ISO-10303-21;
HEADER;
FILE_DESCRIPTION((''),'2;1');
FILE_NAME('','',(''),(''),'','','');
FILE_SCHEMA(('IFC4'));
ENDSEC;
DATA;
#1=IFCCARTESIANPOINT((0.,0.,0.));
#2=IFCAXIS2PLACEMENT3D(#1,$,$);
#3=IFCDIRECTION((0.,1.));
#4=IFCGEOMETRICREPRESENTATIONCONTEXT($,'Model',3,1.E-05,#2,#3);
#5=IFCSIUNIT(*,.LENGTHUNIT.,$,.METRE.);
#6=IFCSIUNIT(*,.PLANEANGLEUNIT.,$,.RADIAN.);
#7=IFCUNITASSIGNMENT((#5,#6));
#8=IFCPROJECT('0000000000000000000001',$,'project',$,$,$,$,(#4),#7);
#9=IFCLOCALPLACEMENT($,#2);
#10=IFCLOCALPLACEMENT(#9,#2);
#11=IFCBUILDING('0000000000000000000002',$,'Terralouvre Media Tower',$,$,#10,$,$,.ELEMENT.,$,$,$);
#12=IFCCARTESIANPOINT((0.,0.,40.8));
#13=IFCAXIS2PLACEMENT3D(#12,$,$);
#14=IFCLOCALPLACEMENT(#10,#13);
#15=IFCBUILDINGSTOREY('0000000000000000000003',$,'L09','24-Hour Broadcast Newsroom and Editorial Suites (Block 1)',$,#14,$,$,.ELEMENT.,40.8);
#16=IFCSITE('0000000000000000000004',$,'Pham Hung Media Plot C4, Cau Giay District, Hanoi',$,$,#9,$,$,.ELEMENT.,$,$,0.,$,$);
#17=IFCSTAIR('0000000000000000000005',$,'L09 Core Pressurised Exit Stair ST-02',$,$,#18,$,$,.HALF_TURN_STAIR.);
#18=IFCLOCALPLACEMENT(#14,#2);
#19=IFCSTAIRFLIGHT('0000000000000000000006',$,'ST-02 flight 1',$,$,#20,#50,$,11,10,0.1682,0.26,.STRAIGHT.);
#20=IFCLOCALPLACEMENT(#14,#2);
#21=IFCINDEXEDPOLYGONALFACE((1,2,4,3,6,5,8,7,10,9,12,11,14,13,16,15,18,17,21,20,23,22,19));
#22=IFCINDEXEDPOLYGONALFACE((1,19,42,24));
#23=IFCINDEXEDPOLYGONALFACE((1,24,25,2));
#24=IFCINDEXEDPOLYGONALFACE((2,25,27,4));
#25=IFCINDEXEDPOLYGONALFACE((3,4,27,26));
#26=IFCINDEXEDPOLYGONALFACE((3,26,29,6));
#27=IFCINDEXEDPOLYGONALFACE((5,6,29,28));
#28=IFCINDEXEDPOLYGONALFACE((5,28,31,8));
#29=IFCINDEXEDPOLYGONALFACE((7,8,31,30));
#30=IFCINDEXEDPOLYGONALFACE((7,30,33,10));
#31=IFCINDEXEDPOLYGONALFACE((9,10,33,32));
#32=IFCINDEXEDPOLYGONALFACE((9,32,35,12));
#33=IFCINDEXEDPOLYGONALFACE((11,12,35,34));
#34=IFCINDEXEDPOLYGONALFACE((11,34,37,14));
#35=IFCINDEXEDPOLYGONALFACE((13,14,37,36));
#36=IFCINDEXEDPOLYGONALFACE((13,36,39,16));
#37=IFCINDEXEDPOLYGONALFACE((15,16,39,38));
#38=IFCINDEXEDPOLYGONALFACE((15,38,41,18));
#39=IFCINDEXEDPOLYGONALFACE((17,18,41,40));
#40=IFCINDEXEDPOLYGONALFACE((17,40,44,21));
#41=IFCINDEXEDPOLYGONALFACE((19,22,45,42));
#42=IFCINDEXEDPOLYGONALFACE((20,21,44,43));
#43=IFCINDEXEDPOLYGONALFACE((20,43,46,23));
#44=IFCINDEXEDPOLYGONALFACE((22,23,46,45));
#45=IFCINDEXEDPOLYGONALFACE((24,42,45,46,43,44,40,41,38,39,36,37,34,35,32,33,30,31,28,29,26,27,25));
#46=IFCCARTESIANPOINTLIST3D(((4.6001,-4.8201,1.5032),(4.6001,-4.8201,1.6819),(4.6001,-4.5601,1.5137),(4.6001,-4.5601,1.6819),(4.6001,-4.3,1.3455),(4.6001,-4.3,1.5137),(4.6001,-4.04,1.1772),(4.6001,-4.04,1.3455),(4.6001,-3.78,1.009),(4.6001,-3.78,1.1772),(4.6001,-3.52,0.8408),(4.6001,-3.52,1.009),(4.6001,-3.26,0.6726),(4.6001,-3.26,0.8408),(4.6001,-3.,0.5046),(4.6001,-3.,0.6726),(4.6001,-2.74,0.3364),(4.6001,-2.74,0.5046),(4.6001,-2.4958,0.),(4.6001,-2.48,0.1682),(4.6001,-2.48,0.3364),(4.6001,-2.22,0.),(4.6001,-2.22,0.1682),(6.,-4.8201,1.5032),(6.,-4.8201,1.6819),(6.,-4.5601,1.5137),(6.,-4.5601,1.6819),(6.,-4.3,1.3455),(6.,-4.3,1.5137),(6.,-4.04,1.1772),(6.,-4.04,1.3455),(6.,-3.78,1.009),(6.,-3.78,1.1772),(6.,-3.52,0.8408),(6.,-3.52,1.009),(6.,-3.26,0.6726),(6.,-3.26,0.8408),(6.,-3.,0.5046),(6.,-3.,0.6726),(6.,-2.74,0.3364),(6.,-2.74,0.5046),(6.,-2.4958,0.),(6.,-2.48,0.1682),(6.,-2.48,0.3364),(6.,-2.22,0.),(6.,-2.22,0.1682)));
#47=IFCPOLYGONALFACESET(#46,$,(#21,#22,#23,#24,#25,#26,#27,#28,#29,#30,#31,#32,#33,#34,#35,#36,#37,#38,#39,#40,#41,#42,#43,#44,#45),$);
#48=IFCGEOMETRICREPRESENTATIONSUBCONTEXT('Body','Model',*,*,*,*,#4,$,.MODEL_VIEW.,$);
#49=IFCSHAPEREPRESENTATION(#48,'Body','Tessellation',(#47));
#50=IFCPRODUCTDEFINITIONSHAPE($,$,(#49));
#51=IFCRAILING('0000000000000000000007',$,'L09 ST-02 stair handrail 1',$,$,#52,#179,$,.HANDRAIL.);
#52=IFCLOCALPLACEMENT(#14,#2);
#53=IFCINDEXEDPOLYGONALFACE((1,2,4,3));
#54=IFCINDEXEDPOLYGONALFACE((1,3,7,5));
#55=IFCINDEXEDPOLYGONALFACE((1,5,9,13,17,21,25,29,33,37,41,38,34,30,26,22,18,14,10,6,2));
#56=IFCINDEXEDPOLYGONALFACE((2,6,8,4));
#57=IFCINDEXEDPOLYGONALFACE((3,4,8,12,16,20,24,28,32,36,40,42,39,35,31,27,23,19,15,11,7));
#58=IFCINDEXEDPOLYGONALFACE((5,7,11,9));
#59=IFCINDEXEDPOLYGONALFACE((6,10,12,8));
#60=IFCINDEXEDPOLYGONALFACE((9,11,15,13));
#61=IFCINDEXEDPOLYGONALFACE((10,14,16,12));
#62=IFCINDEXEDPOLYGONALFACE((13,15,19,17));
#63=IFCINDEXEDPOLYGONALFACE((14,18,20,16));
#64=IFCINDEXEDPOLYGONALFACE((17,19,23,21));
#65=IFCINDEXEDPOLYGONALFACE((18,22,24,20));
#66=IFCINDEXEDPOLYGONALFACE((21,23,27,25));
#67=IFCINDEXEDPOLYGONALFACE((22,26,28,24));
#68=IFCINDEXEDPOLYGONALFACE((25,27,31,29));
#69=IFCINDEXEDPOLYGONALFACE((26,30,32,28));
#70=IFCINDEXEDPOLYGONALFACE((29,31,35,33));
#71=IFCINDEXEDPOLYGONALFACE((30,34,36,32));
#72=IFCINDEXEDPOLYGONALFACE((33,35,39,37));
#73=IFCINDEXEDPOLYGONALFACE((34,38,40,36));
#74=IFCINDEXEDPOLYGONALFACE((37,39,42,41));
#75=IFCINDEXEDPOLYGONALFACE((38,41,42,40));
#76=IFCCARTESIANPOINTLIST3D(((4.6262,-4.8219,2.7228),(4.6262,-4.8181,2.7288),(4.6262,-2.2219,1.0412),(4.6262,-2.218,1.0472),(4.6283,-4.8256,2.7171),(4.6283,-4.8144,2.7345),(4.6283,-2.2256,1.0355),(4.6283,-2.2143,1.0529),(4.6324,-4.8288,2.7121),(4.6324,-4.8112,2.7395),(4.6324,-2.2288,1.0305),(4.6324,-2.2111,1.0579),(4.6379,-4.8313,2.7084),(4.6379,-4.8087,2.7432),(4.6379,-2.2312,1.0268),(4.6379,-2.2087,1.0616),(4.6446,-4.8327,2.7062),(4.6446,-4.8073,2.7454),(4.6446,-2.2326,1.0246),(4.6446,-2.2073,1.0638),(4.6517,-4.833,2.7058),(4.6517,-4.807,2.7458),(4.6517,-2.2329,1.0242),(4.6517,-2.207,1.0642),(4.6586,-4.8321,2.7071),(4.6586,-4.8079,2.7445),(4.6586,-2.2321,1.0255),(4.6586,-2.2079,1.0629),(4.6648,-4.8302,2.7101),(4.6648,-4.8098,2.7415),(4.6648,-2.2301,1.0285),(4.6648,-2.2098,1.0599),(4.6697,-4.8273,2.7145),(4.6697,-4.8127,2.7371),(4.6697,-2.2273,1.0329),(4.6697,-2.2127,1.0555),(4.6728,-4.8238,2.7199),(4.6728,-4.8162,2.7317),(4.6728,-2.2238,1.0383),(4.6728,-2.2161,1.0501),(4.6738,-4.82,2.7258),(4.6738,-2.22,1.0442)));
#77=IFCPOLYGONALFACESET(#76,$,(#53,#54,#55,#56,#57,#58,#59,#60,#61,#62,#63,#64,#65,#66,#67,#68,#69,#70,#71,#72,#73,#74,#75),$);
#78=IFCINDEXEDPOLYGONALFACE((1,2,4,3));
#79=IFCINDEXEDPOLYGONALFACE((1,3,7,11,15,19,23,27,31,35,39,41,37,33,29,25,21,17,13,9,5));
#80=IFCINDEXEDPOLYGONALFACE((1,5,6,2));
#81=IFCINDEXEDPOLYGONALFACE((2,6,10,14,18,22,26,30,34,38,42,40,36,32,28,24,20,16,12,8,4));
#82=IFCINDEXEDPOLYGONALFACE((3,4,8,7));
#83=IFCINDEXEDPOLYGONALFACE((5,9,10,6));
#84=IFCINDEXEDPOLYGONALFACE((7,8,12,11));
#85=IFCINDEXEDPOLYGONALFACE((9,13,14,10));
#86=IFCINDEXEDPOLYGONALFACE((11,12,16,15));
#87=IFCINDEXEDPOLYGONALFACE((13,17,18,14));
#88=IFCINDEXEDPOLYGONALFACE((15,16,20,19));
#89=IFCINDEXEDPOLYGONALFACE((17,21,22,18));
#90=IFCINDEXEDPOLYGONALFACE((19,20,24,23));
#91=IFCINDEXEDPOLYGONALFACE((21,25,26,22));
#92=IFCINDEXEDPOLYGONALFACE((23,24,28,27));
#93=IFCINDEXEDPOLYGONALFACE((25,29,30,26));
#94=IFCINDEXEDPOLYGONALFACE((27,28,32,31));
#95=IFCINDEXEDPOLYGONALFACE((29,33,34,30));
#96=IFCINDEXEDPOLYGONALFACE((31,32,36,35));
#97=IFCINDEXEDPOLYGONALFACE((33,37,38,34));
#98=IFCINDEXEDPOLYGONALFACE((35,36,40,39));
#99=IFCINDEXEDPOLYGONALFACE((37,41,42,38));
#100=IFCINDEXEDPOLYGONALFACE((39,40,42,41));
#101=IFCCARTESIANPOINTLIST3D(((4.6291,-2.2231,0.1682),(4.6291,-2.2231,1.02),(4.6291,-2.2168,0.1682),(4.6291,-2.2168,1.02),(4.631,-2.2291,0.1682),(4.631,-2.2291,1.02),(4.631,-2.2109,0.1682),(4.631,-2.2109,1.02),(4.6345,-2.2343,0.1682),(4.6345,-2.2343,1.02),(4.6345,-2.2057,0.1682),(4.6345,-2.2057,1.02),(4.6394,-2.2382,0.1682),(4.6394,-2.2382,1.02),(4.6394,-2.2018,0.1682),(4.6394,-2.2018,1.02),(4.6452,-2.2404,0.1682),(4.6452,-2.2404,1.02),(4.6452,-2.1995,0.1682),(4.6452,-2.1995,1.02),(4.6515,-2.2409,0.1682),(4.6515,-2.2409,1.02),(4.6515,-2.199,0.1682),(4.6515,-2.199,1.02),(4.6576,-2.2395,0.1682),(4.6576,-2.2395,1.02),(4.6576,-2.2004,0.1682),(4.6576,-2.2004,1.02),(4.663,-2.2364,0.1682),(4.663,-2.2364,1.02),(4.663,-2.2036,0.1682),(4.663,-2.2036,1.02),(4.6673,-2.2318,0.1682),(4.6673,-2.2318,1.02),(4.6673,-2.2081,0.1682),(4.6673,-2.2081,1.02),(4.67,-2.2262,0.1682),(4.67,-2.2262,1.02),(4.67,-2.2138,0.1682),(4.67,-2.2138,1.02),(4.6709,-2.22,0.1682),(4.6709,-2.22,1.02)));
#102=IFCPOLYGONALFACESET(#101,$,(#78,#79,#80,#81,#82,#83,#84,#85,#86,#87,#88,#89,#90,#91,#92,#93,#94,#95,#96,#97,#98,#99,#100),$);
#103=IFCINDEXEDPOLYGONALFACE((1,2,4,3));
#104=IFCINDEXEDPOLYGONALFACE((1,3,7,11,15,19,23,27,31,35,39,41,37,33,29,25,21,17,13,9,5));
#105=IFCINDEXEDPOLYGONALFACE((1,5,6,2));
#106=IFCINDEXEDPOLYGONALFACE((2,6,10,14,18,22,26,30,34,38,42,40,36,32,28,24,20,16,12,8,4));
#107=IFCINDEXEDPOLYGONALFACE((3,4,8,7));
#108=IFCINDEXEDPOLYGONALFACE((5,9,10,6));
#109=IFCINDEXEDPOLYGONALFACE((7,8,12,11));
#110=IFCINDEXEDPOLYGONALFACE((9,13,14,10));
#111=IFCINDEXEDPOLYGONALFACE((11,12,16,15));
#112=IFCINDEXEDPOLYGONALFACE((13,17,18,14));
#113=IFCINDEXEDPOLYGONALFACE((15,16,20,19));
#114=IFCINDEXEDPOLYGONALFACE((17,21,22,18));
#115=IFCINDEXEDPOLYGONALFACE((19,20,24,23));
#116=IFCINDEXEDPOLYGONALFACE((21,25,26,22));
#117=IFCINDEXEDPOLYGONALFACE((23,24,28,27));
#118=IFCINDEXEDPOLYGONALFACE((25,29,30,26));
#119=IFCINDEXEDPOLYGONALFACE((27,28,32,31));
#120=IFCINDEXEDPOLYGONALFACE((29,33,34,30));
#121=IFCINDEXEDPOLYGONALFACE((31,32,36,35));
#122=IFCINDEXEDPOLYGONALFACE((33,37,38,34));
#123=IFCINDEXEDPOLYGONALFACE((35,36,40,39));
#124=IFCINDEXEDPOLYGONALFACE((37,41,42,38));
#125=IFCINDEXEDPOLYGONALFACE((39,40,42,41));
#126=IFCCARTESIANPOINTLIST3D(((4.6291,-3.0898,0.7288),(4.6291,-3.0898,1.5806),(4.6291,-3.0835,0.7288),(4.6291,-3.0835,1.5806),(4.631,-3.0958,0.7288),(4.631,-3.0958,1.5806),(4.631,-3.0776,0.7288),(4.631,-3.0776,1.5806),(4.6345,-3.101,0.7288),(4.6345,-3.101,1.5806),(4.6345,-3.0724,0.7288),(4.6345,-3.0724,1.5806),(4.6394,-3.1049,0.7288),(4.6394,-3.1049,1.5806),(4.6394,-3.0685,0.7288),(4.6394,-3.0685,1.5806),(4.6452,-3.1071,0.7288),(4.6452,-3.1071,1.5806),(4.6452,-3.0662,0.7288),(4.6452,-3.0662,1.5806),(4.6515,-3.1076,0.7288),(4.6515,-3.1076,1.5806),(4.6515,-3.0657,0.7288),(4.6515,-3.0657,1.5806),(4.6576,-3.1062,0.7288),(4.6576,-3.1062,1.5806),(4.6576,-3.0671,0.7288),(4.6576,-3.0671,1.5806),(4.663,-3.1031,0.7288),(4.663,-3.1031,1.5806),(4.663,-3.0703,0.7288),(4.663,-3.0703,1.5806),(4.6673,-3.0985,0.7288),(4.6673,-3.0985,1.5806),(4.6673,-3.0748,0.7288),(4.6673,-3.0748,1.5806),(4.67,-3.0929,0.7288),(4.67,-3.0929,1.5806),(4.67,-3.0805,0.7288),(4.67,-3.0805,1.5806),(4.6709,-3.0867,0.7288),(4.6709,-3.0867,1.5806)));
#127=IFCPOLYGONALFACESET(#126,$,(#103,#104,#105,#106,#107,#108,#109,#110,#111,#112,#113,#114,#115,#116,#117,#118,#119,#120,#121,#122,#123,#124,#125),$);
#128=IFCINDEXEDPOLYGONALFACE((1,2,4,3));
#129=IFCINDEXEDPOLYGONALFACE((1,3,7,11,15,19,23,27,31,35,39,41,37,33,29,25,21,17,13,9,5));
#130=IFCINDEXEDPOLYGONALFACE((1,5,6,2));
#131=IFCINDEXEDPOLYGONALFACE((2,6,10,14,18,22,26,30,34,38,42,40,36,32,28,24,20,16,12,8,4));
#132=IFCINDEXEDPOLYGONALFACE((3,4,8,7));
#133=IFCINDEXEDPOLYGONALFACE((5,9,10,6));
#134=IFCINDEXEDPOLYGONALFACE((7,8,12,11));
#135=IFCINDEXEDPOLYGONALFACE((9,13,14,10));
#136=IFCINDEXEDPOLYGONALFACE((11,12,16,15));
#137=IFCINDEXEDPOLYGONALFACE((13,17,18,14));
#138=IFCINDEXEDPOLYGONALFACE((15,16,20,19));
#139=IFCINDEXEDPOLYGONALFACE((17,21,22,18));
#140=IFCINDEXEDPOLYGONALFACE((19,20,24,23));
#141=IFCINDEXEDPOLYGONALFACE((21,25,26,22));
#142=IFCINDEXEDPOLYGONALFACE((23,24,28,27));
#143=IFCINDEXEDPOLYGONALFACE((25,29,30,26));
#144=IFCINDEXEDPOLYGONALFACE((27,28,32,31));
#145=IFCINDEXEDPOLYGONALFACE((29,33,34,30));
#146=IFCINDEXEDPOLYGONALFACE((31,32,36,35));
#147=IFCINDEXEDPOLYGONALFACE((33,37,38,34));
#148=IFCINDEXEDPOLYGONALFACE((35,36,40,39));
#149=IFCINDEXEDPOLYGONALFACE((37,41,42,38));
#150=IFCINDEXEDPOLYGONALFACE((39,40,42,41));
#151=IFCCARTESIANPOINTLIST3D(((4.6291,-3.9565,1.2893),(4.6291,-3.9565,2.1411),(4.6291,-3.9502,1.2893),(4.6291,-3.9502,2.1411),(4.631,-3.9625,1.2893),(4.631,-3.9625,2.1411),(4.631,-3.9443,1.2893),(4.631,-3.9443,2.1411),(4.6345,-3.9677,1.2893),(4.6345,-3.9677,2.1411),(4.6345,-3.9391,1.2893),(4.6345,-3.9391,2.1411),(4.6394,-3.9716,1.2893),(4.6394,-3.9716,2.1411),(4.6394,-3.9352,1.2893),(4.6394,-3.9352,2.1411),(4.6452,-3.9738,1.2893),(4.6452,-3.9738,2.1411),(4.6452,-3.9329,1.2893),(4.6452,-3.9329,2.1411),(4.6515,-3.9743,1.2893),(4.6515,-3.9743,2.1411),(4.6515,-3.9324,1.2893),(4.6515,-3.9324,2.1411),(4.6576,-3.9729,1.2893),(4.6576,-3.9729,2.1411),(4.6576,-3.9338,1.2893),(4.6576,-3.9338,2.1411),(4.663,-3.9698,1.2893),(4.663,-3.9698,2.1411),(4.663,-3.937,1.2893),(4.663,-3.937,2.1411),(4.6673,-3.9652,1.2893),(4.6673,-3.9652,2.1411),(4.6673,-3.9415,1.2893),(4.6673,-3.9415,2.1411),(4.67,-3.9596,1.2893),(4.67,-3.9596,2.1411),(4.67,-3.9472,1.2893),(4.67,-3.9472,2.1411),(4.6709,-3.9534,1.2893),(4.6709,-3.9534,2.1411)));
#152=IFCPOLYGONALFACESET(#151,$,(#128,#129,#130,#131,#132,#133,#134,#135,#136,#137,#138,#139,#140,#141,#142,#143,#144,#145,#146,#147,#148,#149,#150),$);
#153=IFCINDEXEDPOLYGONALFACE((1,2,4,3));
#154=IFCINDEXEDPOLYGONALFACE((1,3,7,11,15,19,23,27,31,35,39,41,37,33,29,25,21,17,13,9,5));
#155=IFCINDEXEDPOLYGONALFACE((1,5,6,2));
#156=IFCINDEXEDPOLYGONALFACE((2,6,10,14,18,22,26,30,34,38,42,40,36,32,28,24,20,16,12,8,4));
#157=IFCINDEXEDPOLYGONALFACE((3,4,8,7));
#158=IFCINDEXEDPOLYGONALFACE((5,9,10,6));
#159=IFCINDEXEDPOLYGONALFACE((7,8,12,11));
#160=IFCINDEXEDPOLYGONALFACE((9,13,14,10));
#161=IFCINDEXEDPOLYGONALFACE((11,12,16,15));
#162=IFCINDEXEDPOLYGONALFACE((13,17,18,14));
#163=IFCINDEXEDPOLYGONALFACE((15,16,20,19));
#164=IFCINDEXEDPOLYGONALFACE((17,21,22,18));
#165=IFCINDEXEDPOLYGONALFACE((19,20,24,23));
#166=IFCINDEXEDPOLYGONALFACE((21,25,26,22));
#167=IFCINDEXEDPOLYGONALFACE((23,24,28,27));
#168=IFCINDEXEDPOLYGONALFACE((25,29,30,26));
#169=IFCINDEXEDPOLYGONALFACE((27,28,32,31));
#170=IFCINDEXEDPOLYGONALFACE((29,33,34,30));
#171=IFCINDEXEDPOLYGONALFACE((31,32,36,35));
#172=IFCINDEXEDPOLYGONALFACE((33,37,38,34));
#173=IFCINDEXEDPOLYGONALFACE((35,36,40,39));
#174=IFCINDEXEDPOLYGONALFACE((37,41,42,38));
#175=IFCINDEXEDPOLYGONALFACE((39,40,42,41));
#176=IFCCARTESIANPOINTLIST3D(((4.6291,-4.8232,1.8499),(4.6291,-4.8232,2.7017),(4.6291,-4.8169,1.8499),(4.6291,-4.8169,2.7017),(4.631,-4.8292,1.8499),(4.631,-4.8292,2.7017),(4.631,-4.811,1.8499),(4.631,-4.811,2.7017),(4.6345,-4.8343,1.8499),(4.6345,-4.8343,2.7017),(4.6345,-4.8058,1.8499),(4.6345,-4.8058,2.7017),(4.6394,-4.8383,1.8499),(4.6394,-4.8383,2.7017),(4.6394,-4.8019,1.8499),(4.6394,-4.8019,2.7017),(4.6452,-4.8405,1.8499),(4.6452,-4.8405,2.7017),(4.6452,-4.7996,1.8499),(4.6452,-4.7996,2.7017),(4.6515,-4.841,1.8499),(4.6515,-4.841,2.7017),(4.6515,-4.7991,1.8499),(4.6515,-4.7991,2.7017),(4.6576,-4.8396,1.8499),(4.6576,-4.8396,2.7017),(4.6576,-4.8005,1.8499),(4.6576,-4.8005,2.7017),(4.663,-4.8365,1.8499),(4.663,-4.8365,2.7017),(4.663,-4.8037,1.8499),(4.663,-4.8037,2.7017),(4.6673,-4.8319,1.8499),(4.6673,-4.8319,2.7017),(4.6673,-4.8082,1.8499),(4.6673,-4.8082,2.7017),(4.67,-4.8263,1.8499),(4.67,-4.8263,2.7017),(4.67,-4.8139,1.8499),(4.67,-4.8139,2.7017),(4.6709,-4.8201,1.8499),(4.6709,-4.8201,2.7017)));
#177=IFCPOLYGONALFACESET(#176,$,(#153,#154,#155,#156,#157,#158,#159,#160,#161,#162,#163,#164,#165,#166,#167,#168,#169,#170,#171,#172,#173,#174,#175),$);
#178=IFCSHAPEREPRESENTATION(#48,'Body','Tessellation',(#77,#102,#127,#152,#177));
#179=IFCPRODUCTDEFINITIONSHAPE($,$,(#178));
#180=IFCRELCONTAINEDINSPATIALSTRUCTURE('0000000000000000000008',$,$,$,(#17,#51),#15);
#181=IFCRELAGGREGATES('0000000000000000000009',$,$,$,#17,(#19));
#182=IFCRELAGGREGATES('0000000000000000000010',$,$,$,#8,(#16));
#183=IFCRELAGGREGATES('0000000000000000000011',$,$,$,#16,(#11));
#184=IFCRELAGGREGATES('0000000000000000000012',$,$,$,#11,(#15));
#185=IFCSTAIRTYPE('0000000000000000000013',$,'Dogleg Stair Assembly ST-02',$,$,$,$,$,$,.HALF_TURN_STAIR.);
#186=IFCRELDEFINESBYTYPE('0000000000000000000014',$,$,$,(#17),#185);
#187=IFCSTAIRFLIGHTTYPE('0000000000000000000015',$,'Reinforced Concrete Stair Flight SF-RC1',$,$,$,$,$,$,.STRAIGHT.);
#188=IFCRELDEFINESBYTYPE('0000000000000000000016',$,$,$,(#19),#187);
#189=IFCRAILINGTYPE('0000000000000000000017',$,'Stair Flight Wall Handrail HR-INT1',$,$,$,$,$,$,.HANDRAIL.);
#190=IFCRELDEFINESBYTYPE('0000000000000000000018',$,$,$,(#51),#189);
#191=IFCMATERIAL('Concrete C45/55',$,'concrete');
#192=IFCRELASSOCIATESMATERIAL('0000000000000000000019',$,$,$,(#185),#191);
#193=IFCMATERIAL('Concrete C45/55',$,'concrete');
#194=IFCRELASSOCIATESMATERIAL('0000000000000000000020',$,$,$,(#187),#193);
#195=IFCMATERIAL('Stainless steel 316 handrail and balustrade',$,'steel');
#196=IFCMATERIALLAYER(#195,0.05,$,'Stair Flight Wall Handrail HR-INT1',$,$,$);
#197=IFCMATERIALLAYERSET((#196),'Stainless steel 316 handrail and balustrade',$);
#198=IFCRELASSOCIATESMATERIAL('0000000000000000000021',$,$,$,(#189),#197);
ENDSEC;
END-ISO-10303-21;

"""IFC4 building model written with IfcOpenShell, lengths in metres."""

from ifc_helpers import new_model, si_unit, direction, frame, origin, origin_2d, place, context, subcontext, project, spatial, polyline, circle, outline, extrude, material, layer, layer_set, type_object, element, aggregate, save


model = new_model("IFC4")

# Units and contexts
model_context = context("Model", 3, precision=1e-05, world=origin(), true_north=direction((0.0, 1.0)))
body_context = subcontext(model_context, "Body", "Model", "MODEL_VIEW")
ifc_project = project(units=[si_unit("LENGTHUNIT", "METRE"), si_unit("PLANEANGLEUNIT", "RADIAN")], contexts=[model_context])

# Site, building, storey
site_placement = place(None, origin())
site = spatial("IfcSite", under=ifc_project, at=site_placement, Name="Pham Hung Media Plot C4, Cau Giay District, Hanoi", CompositionType="ELEMENT", RefElevation=0.0)
building_placement = place(site_placement, origin())
building = spatial("IfcBuilding", under=site, at=building_placement, Name="Terralouvre Media Tower", CompositionType="ELEMENT")
storey_placement = place(building_placement, frame((0.0, 0.0, 40.8)))
storey = spatial("IfcBuildingStorey", under=building, at=storey_placement, Name="L09", Description="24-Hour Broadcast Newsroom and Editorial Suites (Block 1)", CompositionType="ELEMENT", Elevation=40.8)

# Stair, stair flight
ifc_material_1 = material(Name="Concrete C45/55", Category="concrete")
stair_type = type_object("IfcStairType", Name="Dogleg Stair Assembly ST-02", PredefinedType="HALF_TURN_STAIR", material=ifc_material_1)
stair_placement = place(storey_placement, origin())
stair = element("IfcStair", 1, at=stair_placement, inside=storey, type_object=stair_type, Name="L09 Core Pressurised Exit Stair ST-02", PredefinedType="HALF_TURN_STAIR")
ifc_material_2 = material(Name="Concrete C45/55", Category="concrete")
stair_flight_type = type_object("IfcStairFlightType", Name="Reinforced Concrete Stair Flight SF-RC1", PredefinedType="STRAIGHT", material=ifc_material_2)
stair_flight_placement = place(storey_placement, frame((5.3, -2.22, 0.0), z_axis=(0.0, 0.0, 1.0), x_axis=(0.0, -1.0, 0.0)))
stair_flight = element("IfcStairFlight", 2, at=stair_flight_placement, type_object=stair_flight_type, Name="ST-02 flight 1", NumberOfRisers=11, NumberOfTreads=10, PredefinedType="STRAIGHT", RiserHeight=0.1682, TreadLength=0.26, context=body_context, shape_type="SweptSolid", body=[
    extrude(outline(polyline([(0.0, 0.0), (0.0, 0.1682), (0.26, 0.1682), (0.26, 0.3364), (0.52, 0.3364), (0.52, 0.5046), (0.78, 0.5046), (0.78, 0.6726), (1.04, 0.6726), (1.04, 0.8408), (1.3, 0.8408), (1.3, 1.009), (1.5601, 1.009), (1.5601, 1.1772), (1.8201, 1.1772), (1.8201, 1.3455), (2.0801, 1.3455), (2.0801, 1.5137), (2.3401, 1.5137), (2.3401, 1.6819), (2.6001, 1.6819), (2.6001, 1.8501), (2.6001, 1.5032), (0.2759, 0.0), (0.0, 0.0)])), frame((0.0, 0.7, 0.0), z_axis=(0.0, -1.0, 0.0), x_axis=(1.0, 0.0, 0.0)), (0.0, 0.0, 1.0), 1.3999),
])
aggregate(stair, [stair_flight])

# Railing
ifc_material_3 = material(Name="Stainless steel 316 handrail and balustrade", Category="steel")
ifc_layer_1 = layer(ifc_material_3, 0.05, Name="Stair Flight Wall Handrail HR-INT1")
ifc_layer_set_1 = layer_set([ifc_layer_1], Name="Stainless steel 316 handrail and balustrade")
railing_type_1 = type_object("IfcRailingType", Name="Stair Flight Wall Handrail HR-INT1", PredefinedType="HANDRAIL", material=ifc_layer_set_1)
railing_1_placement = place(storey_placement, frame((4.6499, -2.22, 0.1682)))
element("IfcRailing", 3, at=railing_1_placement, inside=storey, type_object=railing_type_1, Name="L09 ST-02 stair handrail 1", PredefinedType="HANDRAIL", context=body_context, shape_type="SweptSolid", body=[
    extrude(circle(Radius=0.0239, at=origin_2d()), frame((0.0, 0.0, 0.876), z_axis=(0.0, -0.839684, 0.543075), x_axis=(1.0, 0.0, 0.0)), (0.0, 0.0, 1.0), 3.0964),
    extrude(circle(Radius=0.021, at=origin_2d()), origin(), (0.0, 0.0, 1.0), 0.8518),
    extrude(circle(Radius=0.021, at=origin_2d()), frame((0.0, -0.8667, 0.5605)), (0.0, 0.0, 1.0), 0.8518),
    extrude(circle(Radius=0.021, at=origin_2d()), frame((0.0, -1.7334, 1.1211)), (0.0, 0.0, 1.0), 0.8518),
    extrude(circle(Radius=0.021, at=origin_2d()), frame((0.0, -2.6001, 1.6816)), (0.0, 0.0, 1.0), 0.8518),
])

save(model, "model.ifc")
